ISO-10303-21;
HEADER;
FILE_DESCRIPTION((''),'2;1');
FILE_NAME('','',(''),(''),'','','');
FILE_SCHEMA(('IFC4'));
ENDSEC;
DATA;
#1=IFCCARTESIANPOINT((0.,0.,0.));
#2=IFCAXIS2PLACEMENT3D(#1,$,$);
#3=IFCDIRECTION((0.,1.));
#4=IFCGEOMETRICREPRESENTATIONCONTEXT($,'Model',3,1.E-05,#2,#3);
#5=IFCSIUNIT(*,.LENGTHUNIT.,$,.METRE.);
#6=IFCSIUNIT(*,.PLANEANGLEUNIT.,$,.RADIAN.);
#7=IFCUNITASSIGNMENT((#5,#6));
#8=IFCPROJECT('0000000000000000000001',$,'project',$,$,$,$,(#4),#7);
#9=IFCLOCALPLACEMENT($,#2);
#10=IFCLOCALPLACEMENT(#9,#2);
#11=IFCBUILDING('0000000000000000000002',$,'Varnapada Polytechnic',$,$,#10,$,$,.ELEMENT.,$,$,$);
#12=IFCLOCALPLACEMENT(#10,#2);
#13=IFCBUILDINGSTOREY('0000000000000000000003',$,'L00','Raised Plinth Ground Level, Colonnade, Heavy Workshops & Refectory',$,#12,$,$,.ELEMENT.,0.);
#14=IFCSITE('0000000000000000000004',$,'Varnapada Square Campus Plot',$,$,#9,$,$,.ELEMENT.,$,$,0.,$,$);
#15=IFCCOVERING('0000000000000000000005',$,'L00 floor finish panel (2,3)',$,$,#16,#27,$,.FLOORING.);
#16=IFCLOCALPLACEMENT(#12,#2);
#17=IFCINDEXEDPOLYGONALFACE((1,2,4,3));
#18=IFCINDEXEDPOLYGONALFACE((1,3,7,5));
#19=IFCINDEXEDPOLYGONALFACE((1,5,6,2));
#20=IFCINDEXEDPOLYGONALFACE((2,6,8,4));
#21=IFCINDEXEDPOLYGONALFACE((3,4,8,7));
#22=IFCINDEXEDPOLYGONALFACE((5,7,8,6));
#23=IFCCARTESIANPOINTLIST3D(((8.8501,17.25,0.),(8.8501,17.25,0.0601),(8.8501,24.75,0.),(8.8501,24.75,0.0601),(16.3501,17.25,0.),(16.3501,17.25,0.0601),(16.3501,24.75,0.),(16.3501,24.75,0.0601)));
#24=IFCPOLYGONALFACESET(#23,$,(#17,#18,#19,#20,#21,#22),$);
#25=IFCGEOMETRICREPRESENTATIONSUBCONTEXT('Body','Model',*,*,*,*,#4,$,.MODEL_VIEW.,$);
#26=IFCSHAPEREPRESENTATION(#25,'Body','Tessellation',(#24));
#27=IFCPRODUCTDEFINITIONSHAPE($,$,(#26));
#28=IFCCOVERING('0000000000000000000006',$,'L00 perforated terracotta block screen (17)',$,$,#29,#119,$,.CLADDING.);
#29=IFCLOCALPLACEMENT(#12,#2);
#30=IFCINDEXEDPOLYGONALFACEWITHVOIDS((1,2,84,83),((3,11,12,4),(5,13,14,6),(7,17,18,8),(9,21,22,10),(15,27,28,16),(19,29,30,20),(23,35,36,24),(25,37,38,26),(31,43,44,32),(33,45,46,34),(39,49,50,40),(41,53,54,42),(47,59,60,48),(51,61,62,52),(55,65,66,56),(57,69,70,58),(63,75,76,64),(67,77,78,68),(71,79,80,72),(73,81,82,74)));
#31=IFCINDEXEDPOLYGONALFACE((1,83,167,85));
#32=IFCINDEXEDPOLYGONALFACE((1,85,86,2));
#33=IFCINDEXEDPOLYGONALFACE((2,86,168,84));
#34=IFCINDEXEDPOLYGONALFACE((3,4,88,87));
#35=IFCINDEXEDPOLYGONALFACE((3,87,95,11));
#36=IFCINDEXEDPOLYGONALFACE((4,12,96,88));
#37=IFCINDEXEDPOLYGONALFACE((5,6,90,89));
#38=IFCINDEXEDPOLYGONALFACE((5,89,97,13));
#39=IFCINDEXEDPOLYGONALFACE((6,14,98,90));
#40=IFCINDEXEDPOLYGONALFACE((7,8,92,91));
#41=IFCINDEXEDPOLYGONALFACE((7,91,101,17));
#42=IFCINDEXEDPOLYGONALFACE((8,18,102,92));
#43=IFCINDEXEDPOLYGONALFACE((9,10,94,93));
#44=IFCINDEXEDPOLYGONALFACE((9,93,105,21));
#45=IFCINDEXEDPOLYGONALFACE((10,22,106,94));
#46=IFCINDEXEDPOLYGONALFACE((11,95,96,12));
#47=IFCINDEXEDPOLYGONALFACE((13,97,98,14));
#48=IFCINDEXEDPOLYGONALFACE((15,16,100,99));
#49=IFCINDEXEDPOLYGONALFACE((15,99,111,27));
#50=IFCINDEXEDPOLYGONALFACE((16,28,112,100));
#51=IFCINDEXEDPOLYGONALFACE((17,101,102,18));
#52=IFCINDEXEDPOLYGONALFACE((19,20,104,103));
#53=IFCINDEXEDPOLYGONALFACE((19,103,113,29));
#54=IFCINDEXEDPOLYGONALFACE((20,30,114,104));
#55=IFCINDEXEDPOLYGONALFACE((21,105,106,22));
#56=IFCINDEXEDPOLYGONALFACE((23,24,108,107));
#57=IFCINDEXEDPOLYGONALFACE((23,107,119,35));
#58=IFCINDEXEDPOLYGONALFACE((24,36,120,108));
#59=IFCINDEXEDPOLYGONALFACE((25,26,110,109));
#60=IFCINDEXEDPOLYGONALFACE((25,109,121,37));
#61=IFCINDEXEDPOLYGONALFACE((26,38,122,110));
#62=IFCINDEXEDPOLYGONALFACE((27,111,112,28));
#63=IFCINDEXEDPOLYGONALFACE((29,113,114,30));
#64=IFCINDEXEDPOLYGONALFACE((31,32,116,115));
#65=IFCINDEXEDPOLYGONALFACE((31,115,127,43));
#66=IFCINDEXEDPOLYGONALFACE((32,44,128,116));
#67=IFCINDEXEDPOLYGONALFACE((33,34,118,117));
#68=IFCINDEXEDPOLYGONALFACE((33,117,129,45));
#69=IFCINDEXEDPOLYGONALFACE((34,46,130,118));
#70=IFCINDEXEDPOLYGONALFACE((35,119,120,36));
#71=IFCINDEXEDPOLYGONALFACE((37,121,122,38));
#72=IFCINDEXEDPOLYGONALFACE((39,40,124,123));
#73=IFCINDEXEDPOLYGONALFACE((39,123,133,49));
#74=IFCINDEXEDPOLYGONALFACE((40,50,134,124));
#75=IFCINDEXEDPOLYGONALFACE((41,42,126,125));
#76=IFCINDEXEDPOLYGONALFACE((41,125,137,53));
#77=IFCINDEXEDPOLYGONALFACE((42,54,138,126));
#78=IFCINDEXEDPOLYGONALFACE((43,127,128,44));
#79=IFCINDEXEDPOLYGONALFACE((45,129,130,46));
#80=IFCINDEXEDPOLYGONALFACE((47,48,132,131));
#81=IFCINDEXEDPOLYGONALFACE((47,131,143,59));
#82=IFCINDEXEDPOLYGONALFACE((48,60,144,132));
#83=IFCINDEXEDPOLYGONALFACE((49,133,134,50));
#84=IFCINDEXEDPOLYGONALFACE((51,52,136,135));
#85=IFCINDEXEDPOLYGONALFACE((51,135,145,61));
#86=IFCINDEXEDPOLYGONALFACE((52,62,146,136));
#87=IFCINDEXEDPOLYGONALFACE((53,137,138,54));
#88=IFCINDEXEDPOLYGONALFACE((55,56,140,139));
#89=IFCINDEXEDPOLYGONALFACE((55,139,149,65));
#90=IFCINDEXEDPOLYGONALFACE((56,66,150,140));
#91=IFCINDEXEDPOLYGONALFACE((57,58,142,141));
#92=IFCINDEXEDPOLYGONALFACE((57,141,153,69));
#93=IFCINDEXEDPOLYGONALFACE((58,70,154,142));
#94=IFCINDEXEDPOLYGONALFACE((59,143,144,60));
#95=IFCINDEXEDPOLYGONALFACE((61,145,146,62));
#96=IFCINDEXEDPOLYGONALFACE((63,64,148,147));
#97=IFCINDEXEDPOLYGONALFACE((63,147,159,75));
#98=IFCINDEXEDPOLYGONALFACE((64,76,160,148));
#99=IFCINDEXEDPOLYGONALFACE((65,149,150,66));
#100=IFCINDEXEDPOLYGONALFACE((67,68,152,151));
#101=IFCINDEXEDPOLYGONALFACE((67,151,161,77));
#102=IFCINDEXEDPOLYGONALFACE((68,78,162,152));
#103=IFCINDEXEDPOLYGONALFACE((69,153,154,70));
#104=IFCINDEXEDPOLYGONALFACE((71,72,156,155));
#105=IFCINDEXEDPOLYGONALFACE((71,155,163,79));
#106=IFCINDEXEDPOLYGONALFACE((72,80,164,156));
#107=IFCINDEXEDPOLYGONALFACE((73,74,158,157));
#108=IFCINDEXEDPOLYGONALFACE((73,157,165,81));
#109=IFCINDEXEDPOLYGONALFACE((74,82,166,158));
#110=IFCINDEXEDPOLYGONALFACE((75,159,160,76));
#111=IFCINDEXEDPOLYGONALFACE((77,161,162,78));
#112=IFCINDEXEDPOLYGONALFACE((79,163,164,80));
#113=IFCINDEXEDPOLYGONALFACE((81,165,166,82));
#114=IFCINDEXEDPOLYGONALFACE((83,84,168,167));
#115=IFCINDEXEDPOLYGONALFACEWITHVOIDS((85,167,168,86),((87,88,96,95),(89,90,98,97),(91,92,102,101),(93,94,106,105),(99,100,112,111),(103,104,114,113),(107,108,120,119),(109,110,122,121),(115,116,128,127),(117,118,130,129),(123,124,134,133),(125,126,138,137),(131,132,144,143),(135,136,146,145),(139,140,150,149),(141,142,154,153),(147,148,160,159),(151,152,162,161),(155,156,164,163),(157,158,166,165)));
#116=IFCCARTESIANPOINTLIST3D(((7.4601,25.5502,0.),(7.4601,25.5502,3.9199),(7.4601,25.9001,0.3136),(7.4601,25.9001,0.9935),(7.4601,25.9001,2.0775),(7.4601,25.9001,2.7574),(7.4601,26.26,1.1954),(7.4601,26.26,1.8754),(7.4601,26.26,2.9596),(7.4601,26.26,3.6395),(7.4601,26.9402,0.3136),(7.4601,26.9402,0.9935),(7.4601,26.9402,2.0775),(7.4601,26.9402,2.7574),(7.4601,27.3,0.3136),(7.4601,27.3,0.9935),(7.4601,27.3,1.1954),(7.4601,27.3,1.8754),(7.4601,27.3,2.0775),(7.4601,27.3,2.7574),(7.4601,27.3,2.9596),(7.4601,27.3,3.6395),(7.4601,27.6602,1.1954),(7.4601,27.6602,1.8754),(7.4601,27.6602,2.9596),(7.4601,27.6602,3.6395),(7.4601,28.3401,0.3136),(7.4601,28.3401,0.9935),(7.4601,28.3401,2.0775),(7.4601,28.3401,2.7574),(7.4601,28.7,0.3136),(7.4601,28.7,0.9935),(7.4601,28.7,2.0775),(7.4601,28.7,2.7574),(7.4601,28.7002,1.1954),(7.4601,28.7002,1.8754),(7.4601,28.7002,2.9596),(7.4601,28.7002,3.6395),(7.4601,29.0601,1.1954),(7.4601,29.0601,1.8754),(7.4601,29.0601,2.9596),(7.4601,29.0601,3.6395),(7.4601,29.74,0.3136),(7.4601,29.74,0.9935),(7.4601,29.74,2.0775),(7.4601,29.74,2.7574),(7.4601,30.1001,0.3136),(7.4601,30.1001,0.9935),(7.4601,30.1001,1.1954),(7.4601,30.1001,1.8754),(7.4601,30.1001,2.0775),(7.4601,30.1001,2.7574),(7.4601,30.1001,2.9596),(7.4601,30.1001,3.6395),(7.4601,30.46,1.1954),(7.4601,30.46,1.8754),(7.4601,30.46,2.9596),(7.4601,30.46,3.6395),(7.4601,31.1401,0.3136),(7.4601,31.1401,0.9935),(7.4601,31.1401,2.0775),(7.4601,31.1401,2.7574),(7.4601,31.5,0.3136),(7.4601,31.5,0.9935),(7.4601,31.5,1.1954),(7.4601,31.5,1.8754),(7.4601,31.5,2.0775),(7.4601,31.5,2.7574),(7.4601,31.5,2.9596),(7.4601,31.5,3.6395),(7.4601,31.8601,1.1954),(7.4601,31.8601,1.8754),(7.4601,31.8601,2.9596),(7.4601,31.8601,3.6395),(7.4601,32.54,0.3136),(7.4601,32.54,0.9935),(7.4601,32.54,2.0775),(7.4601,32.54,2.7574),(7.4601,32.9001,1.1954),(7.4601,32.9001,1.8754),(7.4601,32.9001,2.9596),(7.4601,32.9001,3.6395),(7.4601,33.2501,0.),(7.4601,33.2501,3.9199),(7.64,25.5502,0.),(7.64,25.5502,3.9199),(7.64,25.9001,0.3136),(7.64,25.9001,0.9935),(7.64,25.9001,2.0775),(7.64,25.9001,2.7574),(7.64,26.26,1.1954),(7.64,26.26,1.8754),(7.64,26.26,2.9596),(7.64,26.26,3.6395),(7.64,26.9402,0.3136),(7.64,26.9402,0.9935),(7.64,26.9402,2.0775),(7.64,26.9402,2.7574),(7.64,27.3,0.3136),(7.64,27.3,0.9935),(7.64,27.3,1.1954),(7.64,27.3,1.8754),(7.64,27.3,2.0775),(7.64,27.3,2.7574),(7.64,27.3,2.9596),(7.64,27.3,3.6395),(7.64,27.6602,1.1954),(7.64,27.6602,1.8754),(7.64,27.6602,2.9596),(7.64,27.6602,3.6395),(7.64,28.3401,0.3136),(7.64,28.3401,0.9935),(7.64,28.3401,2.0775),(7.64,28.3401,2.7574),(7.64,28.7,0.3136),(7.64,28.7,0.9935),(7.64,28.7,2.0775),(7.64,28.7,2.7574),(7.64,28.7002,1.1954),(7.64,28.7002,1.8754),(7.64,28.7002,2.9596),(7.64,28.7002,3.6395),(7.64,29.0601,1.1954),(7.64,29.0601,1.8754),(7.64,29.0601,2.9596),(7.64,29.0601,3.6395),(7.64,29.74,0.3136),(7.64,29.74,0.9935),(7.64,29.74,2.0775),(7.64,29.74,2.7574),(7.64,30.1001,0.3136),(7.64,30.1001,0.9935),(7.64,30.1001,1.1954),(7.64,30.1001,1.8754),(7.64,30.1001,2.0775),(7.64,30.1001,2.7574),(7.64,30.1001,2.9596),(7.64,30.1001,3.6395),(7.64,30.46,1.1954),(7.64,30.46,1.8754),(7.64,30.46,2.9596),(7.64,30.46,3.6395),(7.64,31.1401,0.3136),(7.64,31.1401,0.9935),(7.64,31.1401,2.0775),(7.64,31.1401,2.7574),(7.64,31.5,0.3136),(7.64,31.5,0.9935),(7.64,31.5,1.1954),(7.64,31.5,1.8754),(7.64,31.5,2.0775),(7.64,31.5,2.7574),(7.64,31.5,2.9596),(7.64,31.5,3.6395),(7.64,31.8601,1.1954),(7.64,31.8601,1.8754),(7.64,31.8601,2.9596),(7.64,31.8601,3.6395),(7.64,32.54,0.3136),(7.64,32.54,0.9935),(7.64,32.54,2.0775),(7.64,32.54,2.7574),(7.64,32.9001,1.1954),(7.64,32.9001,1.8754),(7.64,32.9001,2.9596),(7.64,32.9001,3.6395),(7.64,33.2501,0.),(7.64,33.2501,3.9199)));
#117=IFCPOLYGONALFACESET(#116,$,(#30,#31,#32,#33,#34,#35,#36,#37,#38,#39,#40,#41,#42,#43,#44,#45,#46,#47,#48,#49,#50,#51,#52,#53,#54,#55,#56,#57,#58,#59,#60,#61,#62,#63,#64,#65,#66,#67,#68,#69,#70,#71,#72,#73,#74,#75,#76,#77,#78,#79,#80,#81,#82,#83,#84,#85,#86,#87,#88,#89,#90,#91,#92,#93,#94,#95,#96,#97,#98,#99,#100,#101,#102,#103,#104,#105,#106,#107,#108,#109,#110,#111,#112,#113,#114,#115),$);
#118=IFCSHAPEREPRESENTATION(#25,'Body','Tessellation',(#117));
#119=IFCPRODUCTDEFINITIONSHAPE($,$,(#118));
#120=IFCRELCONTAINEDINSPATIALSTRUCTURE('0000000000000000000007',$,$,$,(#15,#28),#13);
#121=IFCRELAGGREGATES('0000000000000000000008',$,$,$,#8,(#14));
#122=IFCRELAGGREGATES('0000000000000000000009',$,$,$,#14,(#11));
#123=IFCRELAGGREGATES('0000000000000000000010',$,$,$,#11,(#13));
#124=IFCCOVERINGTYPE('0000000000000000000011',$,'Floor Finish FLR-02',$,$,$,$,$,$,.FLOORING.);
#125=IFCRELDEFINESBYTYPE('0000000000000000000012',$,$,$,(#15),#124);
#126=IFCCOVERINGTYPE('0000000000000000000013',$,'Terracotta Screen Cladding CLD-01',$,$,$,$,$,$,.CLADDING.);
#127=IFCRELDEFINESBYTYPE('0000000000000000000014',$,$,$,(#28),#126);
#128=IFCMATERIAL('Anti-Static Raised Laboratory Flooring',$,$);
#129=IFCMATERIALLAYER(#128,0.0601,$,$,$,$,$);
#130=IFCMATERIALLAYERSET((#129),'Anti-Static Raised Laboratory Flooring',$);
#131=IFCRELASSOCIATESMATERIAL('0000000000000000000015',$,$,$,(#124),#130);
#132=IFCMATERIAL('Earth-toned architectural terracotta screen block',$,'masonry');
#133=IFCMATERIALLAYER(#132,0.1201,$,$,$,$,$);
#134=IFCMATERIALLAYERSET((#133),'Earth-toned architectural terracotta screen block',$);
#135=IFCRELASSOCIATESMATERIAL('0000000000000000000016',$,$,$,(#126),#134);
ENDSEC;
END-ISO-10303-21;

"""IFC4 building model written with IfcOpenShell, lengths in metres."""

from ifc_helpers import new_model, si_unit, direction, frame, frame_2d, origin, origin_2d, place, context, subcontext, project, spatial, rectangle, extrude, material, layer, layer_set, type_object, element, save


model = new_model("IFC4")

# Units and contexts
model_context = context("Model", 3, precision=1e-05, world=origin(), true_north=direction((0.0, 1.0)))
body_context = subcontext(model_context, "Body", "Model", "MODEL_VIEW")
ifc_project = project(units=[si_unit("LENGTHUNIT", "METRE"), si_unit("PLANEANGLEUNIT", "RADIAN")], contexts=[model_context])

# Site, building, storey
site_placement = place(None, origin())
site = spatial("IfcSite", under=ifc_project, at=site_placement, Name="Varnapada Square Campus Plot", CompositionType="ELEMENT", RefElevation=0.0)
building_placement = place(site_placement, origin())
building = spatial("IfcBuilding", under=site, at=building_placement, Name="Varnapada Polytechnic", CompositionType="ELEMENT")
storey_placement = place(building_placement, origin())
storey = spatial("IfcBuildingStorey", under=building, at=storey_placement, Name="L00", Description="Raised Plinth Ground Level, Colonnade, Heavy Workshops & Refectory", CompositionType="ELEMENT", Elevation=0.0)

# Covering
ifc_material_1 = material(Name="Anti-Static Raised Laboratory Flooring")
ifc_layer_1 = layer(ifc_material_1, 0.0601)
ifc_layer_set_1 = layer_set([ifc_layer_1], Name="Anti-Static Raised Laboratory Flooring")
covering_type_1 = type_object("IfcCoveringType", Name="Floor Finish FLR-02", PredefinedType="FLOORING", material=ifc_layer_set_1)
covering_1_placement = place(storey_placement, frame((12.6001, 21.0, 0.0), z_axis=(0.0, 0.0, 1.0), x_axis=(1.0, 0.0, 0.0)))
element("IfcCovering", 1, at=covering_1_placement, inside=storey, type_object=covering_type_1, Name="L00 floor finish panel (2,3)", PredefinedType="FLOORING", context=body_context, shape_type="SweptSolid", body=[
    extrude(rectangle(XDim=7.5, YDim=7.5, at=origin_2d()), origin(), (0.0, 0.0, 1.0), 0.0601),
])

# Covering, openings
ifc_material_2 = material(Name="Earth-toned architectural terracotta screen block", Category="masonry")
ifc_layer_2 = layer(ifc_material_2, 0.1201)
ifc_layer_set_2 = layer_set([ifc_layer_2], Name="Earth-toned architectural terracotta screen block")
covering_type_2 = type_object("IfcCoveringType", Name="Terracotta Screen Cladding CLD-01", PredefinedType="CLADDING", material=ifc_layer_set_2)
covering_2_placement = place(storey_placement, frame((7.55, 25.55, 0.0), z_axis=(0.0, 0.0, 1.0), x_axis=(0.0, 1.0, 0.0)))
covering_2 = element("IfcCovering", 2, at=covering_2_placement, inside=storey, type_object=covering_type_2, Name="L00 perforated terracotta block screen (17)", PredefinedType="CLADDING", context=body_context, shape_type="SweptSolid", body=[
    extrude(rectangle(XDim=7.7, YDim=0.1799, at=frame_2d((3.8501, 0.0))), origin(), (0.0, 0.0, 1.0), 3.9199),
])
opening_1_placement = place(covering_2_placement, frame((0.3501, 0.0, 0.3137)))
element("IfcOpeningElement", 3, at=opening_1_placement, cuts=covering_2, PredefinedType="OPENING", context=body_context, shape_type="SweptSolid", body=[
    extrude(rectangle(XDim=1.04, YDim=0.6799, at=frame_2d((0.52, 0.3398))), frame((0.0, 0.0999, 0.0), z_axis=(0.0, -1.0, 0.0), x_axis=(1.0, 0.0, 0.0)), (0.0, 0.0, 1.0), 0.2),
])
opening_2_placement = place(covering_2_placement, frame((1.75, 0.0, 0.3137)))
element("IfcOpeningElement", 4, at=opening_2_placement, cuts=covering_2, PredefinedType="OPENING", context=body_context, shape_type="SweptSolid", body=[
    extrude(rectangle(XDim=1.04, YDim=0.6799, at=frame_2d((0.52, 0.3398))), frame((0.0, 0.0999, 0.0), z_axis=(0.0, -1.0, 0.0), x_axis=(1.0, 0.0, 0.0)), (0.0, 0.0, 1.0), 0.2),
])
opening_3_placement = place(covering_2_placement, frame((3.1499, 0.0, 0.3137)))
element("IfcOpeningElement", 5, at=opening_3_placement, cuts=covering_2, PredefinedType="OPENING", context=body_context, shape_type="SweptSolid", body=[
    extrude(rectangle(XDim=1.04, YDim=0.6799, at=frame_2d((0.52, 0.3398))), frame((0.0, 0.0999, 0.0), z_axis=(0.0, -1.0, 0.0), x_axis=(1.0, 0.0, 0.0)), (0.0, 0.0, 1.0), 0.2),
])
opening_4_placement = place(covering_2_placement, frame((4.55, 0.0, 0.3137)))
element("IfcOpeningElement", 6, at=opening_4_placement, cuts=covering_2, PredefinedType="OPENING", context=body_context, shape_type="SweptSolid", body=[
    extrude(rectangle(XDim=1.04, YDim=0.6799, at=frame_2d((0.52, 0.3398))), frame((0.0, 0.0999, 0.0), z_axis=(0.0, -1.0, 0.0), x_axis=(1.0, 0.0, 0.0)), (0.0, 0.0, 1.0), 0.2),
])
opening_5_placement = place(covering_2_placement, frame((5.95, 0.0, 0.3137)))
element("IfcOpeningElement", 7, at=opening_5_placement, cuts=covering_2, PredefinedType="OPENING", context=body_context, shape_type="SweptSolid", body=[
    extrude(rectangle(XDim=1.04, YDim=0.6799, at=frame_2d((0.52, 0.3398))), frame((0.0, 0.0999, 0.0), z_axis=(0.0, -1.0, 0.0), x_axis=(1.0, 0.0, 0.0)), (0.0, 0.0, 1.0), 0.2),
])
opening_6_placement = place(covering_2_placement, frame((0.71, 0.0, 1.1956)))
element("IfcOpeningElement", 8, at=opening_6_placement, cuts=covering_2, PredefinedType="OPENING", context=body_context, shape_type="SweptSolid", body=[
    extrude(rectangle(XDim=1.04, YDim=0.6799, at=frame_2d((0.52, 0.3398))), frame((0.0, 0.0999, 0.0), z_axis=(0.0, -1.0, 0.0), x_axis=(1.0, 0.0, 0.0)), (0.0, 0.0, 1.0), 0.2),
])
opening_7_placement = place(covering_2_placement, frame((2.1101, 0.0, 1.1956)))
element("IfcOpeningElement", 9, at=opening_7_placement, cuts=covering_2, PredefinedType="OPENING", context=body_context, shape_type="SweptSolid", body=[
    extrude(rectangle(XDim=1.04, YDim=0.6799, at=frame_2d((0.52, 0.3398))), frame((0.0, 0.0999, 0.0), z_axis=(0.0, -1.0, 0.0), x_axis=(1.0, 0.0, 0.0)), (0.0, 0.0, 1.0), 0.2),
])
opening_8_placement = place(covering_2_placement, frame((3.51, 0.0, 1.1956)))
element("IfcOpeningElement", 10, at=opening_8_placement, cuts=covering_2, PredefinedType="OPENING", context=body_context, shape_type="SweptSolid", body=[
    extrude(rectangle(XDim=1.04, YDim=0.6799, at=frame_2d((0.52, 0.3398))), frame((0.0, 0.0999, 0.0), z_axis=(0.0, -1.0, 0.0), x_axis=(1.0, 0.0, 0.0)), (0.0, 0.0, 1.0), 0.2),
])
opening_9_placement = place(covering_2_placement, frame((4.9099, 0.0, 1.1956)))
element("IfcOpeningElement", 11, at=opening_9_placement, cuts=covering_2, PredefinedType="OPENING", context=body_context, shape_type="SweptSolid", body=[
    extrude(rectangle(XDim=1.04, YDim=0.6799, at=frame_2d((0.52, 0.3398))), frame((0.0, 0.0999, 0.0), z_axis=(0.0, -1.0, 0.0), x_axis=(1.0, 0.0, 0.0)), (0.0, 0.0, 1.0), 0.2),
])
opening_10_placement = place(covering_2_placement, frame((6.3101, 0.0, 1.1956)))
element("IfcOpeningElement", 12, at=opening_10_placement, cuts=covering_2, PredefinedType="OPENING", context=body_context, shape_type="SweptSolid", body=[
    extrude(rectangle(XDim=1.04, YDim=0.6799, at=frame_2d((0.52, 0.3398))), frame((0.0, 0.0999, 0.0), z_axis=(0.0, -1.0, 0.0), x_axis=(1.0, 0.0, 0.0)), (0.0, 0.0, 1.0), 0.2),
])
opening_11_placement = place(covering_2_placement, frame((0.3501, 0.0, 2.0776)))
element("IfcOpeningElement", 13, at=opening_11_placement, cuts=covering_2, PredefinedType="OPENING", context=body_context, shape_type="SweptSolid", body=[
    extrude(rectangle(XDim=1.04, YDim=0.6799, at=frame_2d((0.52, 0.3398))), frame((0.0, 0.0999, 0.0), z_axis=(0.0, -1.0, 0.0), x_axis=(1.0, 0.0, 0.0)), (0.0, 0.0, 1.0), 0.2),
])
opening_12_placement = place(covering_2_placement, frame((1.75, 0.0, 2.0776)))
element("IfcOpeningElement", 14, at=opening_12_placement, cuts=covering_2, PredefinedType="OPENING", context=body_context, shape_type="SweptSolid", body=[
    extrude(rectangle(XDim=1.04, YDim=0.6799, at=frame_2d((0.52, 0.3398))), frame((0.0, 0.0999, 0.0), z_axis=(0.0, -1.0, 0.0), x_axis=(1.0, 0.0, 0.0)), (0.0, 0.0, 1.0), 0.2),
])
opening_13_placement = place(covering_2_placement, frame((3.1499, 0.0, 2.0776)))
element("IfcOpeningElement", 15, at=opening_13_placement, cuts=covering_2, PredefinedType="OPENING", context=body_context, shape_type="SweptSolid", body=[
    extrude(rectangle(XDim=1.04, YDim=0.6799, at=frame_2d((0.52, 0.3398))), frame((0.0, 0.0999, 0.0), z_axis=(0.0, -1.0, 0.0), x_axis=(1.0, 0.0, 0.0)), (0.0, 0.0, 1.0), 0.2),
])
opening_14_placement = place(covering_2_placement, frame((4.55, 0.0, 2.0776)))
element("IfcOpeningElement", 16, at=opening_14_placement, cuts=covering_2, PredefinedType="OPENING", context=body_context, shape_type="SweptSolid", body=[
    extrude(rectangle(XDim=1.04, YDim=0.6799, at=frame_2d((0.52, 0.3398))), frame((0.0, 0.0999, 0.0), z_axis=(0.0, -1.0, 0.0), x_axis=(1.0, 0.0, 0.0)), (0.0, 0.0, 1.0), 0.2),
])
opening_15_placement = place(covering_2_placement, frame((5.95, 0.0, 2.0776)))
element("IfcOpeningElement", 17, at=opening_15_placement, cuts=covering_2, PredefinedType="OPENING", context=body_context, shape_type="SweptSolid", body=[
    extrude(rectangle(XDim=1.04, YDim=0.6799, at=frame_2d((0.52, 0.3398))), frame((0.0, 0.0999, 0.0), z_axis=(0.0, -1.0, 0.0), x_axis=(1.0, 0.0, 0.0)), (0.0, 0.0, 1.0), 0.2),
])
opening_16_placement = place(covering_2_placement, frame((0.71, 0.0, 2.9597)))
element("IfcOpeningElement", 18, at=opening_16_placement, cuts=covering_2, PredefinedType="OPENING", context=body_context, shape_type="SweptSolid", body=[
    extrude(rectangle(XDim=1.04, YDim=0.6799, at=frame_2d((0.52, 0.3398))), frame((0.0, 0.0999, 0.0), z_axis=(0.0, -1.0, 0.0), x_axis=(1.0, 0.0, 0.0)), (0.0, 0.0, 1.0), 0.2),
])
opening_17_placement = place(covering_2_placement, frame((2.1101, 0.0, 2.9597)))
element("IfcOpeningElement", 19, at=opening_17_placement, cuts=covering_2, PredefinedType="OPENING", context=body_context, shape_type="SweptSolid", body=[
    extrude(rectangle(XDim=1.04, YDim=0.6799, at=frame_2d((0.52, 0.3398))), frame((0.0, 0.0999, 0.0), z_axis=(0.0, -1.0, 0.0), x_axis=(1.0, 0.0, 0.0)), (0.0, 0.0, 1.0), 0.2),
])
opening_18_placement = place(covering_2_placement, frame((3.51, 0.0, 2.9597)))
element("IfcOpeningElement", 20, at=opening_18_placement, cuts=covering_2, PredefinedType="OPENING", context=body_context, shape_type="SweptSolid", body=[
    extrude(rectangle(XDim=1.04, YDim=0.6799, at=frame_2d((0.52, 0.3398))), frame((0.0, 0.0999, 0.0), z_axis=(0.0, -1.0, 0.0), x_axis=(1.0, 0.0, 0.0)), (0.0, 0.0, 1.0), 0.2),
])
opening_19_placement = place(covering_2_placement, frame((4.9099, 0.0, 2.9597)))
element("IfcOpeningElement", 21, at=opening_19_placement, cuts=covering_2, PredefinedType="OPENING", context=body_context, shape_type="SweptSolid", body=[
    extrude(rectangle(XDim=1.04, YDim=0.6799, at=frame_2d((0.52, 0.3398))), frame((0.0, 0.0999, 0.0), z_axis=(0.0, -1.0, 0.0), x_axis=(1.0, 0.0, 0.0)), (0.0, 0.0, 1.0), 0.2),
])
opening_20_placement = place(covering_2_placement, frame((6.3101, 0.0, 2.9597)))
element("IfcOpeningElement", 22, at=opening_20_placement, cuts=covering_2, PredefinedType="OPENING", context=body_context, shape_type="SweptSolid", body=[
    extrude(rectangle(XDim=1.04, YDim=0.6799, at=frame_2d((0.52, 0.3398))), frame((0.0, 0.0999, 0.0), z_axis=(0.0, -1.0, 0.0), x_axis=(1.0, 0.0, 0.0)), (0.0, 0.0, 1.0), 0.2),
])

save(model, "model.ifc")
